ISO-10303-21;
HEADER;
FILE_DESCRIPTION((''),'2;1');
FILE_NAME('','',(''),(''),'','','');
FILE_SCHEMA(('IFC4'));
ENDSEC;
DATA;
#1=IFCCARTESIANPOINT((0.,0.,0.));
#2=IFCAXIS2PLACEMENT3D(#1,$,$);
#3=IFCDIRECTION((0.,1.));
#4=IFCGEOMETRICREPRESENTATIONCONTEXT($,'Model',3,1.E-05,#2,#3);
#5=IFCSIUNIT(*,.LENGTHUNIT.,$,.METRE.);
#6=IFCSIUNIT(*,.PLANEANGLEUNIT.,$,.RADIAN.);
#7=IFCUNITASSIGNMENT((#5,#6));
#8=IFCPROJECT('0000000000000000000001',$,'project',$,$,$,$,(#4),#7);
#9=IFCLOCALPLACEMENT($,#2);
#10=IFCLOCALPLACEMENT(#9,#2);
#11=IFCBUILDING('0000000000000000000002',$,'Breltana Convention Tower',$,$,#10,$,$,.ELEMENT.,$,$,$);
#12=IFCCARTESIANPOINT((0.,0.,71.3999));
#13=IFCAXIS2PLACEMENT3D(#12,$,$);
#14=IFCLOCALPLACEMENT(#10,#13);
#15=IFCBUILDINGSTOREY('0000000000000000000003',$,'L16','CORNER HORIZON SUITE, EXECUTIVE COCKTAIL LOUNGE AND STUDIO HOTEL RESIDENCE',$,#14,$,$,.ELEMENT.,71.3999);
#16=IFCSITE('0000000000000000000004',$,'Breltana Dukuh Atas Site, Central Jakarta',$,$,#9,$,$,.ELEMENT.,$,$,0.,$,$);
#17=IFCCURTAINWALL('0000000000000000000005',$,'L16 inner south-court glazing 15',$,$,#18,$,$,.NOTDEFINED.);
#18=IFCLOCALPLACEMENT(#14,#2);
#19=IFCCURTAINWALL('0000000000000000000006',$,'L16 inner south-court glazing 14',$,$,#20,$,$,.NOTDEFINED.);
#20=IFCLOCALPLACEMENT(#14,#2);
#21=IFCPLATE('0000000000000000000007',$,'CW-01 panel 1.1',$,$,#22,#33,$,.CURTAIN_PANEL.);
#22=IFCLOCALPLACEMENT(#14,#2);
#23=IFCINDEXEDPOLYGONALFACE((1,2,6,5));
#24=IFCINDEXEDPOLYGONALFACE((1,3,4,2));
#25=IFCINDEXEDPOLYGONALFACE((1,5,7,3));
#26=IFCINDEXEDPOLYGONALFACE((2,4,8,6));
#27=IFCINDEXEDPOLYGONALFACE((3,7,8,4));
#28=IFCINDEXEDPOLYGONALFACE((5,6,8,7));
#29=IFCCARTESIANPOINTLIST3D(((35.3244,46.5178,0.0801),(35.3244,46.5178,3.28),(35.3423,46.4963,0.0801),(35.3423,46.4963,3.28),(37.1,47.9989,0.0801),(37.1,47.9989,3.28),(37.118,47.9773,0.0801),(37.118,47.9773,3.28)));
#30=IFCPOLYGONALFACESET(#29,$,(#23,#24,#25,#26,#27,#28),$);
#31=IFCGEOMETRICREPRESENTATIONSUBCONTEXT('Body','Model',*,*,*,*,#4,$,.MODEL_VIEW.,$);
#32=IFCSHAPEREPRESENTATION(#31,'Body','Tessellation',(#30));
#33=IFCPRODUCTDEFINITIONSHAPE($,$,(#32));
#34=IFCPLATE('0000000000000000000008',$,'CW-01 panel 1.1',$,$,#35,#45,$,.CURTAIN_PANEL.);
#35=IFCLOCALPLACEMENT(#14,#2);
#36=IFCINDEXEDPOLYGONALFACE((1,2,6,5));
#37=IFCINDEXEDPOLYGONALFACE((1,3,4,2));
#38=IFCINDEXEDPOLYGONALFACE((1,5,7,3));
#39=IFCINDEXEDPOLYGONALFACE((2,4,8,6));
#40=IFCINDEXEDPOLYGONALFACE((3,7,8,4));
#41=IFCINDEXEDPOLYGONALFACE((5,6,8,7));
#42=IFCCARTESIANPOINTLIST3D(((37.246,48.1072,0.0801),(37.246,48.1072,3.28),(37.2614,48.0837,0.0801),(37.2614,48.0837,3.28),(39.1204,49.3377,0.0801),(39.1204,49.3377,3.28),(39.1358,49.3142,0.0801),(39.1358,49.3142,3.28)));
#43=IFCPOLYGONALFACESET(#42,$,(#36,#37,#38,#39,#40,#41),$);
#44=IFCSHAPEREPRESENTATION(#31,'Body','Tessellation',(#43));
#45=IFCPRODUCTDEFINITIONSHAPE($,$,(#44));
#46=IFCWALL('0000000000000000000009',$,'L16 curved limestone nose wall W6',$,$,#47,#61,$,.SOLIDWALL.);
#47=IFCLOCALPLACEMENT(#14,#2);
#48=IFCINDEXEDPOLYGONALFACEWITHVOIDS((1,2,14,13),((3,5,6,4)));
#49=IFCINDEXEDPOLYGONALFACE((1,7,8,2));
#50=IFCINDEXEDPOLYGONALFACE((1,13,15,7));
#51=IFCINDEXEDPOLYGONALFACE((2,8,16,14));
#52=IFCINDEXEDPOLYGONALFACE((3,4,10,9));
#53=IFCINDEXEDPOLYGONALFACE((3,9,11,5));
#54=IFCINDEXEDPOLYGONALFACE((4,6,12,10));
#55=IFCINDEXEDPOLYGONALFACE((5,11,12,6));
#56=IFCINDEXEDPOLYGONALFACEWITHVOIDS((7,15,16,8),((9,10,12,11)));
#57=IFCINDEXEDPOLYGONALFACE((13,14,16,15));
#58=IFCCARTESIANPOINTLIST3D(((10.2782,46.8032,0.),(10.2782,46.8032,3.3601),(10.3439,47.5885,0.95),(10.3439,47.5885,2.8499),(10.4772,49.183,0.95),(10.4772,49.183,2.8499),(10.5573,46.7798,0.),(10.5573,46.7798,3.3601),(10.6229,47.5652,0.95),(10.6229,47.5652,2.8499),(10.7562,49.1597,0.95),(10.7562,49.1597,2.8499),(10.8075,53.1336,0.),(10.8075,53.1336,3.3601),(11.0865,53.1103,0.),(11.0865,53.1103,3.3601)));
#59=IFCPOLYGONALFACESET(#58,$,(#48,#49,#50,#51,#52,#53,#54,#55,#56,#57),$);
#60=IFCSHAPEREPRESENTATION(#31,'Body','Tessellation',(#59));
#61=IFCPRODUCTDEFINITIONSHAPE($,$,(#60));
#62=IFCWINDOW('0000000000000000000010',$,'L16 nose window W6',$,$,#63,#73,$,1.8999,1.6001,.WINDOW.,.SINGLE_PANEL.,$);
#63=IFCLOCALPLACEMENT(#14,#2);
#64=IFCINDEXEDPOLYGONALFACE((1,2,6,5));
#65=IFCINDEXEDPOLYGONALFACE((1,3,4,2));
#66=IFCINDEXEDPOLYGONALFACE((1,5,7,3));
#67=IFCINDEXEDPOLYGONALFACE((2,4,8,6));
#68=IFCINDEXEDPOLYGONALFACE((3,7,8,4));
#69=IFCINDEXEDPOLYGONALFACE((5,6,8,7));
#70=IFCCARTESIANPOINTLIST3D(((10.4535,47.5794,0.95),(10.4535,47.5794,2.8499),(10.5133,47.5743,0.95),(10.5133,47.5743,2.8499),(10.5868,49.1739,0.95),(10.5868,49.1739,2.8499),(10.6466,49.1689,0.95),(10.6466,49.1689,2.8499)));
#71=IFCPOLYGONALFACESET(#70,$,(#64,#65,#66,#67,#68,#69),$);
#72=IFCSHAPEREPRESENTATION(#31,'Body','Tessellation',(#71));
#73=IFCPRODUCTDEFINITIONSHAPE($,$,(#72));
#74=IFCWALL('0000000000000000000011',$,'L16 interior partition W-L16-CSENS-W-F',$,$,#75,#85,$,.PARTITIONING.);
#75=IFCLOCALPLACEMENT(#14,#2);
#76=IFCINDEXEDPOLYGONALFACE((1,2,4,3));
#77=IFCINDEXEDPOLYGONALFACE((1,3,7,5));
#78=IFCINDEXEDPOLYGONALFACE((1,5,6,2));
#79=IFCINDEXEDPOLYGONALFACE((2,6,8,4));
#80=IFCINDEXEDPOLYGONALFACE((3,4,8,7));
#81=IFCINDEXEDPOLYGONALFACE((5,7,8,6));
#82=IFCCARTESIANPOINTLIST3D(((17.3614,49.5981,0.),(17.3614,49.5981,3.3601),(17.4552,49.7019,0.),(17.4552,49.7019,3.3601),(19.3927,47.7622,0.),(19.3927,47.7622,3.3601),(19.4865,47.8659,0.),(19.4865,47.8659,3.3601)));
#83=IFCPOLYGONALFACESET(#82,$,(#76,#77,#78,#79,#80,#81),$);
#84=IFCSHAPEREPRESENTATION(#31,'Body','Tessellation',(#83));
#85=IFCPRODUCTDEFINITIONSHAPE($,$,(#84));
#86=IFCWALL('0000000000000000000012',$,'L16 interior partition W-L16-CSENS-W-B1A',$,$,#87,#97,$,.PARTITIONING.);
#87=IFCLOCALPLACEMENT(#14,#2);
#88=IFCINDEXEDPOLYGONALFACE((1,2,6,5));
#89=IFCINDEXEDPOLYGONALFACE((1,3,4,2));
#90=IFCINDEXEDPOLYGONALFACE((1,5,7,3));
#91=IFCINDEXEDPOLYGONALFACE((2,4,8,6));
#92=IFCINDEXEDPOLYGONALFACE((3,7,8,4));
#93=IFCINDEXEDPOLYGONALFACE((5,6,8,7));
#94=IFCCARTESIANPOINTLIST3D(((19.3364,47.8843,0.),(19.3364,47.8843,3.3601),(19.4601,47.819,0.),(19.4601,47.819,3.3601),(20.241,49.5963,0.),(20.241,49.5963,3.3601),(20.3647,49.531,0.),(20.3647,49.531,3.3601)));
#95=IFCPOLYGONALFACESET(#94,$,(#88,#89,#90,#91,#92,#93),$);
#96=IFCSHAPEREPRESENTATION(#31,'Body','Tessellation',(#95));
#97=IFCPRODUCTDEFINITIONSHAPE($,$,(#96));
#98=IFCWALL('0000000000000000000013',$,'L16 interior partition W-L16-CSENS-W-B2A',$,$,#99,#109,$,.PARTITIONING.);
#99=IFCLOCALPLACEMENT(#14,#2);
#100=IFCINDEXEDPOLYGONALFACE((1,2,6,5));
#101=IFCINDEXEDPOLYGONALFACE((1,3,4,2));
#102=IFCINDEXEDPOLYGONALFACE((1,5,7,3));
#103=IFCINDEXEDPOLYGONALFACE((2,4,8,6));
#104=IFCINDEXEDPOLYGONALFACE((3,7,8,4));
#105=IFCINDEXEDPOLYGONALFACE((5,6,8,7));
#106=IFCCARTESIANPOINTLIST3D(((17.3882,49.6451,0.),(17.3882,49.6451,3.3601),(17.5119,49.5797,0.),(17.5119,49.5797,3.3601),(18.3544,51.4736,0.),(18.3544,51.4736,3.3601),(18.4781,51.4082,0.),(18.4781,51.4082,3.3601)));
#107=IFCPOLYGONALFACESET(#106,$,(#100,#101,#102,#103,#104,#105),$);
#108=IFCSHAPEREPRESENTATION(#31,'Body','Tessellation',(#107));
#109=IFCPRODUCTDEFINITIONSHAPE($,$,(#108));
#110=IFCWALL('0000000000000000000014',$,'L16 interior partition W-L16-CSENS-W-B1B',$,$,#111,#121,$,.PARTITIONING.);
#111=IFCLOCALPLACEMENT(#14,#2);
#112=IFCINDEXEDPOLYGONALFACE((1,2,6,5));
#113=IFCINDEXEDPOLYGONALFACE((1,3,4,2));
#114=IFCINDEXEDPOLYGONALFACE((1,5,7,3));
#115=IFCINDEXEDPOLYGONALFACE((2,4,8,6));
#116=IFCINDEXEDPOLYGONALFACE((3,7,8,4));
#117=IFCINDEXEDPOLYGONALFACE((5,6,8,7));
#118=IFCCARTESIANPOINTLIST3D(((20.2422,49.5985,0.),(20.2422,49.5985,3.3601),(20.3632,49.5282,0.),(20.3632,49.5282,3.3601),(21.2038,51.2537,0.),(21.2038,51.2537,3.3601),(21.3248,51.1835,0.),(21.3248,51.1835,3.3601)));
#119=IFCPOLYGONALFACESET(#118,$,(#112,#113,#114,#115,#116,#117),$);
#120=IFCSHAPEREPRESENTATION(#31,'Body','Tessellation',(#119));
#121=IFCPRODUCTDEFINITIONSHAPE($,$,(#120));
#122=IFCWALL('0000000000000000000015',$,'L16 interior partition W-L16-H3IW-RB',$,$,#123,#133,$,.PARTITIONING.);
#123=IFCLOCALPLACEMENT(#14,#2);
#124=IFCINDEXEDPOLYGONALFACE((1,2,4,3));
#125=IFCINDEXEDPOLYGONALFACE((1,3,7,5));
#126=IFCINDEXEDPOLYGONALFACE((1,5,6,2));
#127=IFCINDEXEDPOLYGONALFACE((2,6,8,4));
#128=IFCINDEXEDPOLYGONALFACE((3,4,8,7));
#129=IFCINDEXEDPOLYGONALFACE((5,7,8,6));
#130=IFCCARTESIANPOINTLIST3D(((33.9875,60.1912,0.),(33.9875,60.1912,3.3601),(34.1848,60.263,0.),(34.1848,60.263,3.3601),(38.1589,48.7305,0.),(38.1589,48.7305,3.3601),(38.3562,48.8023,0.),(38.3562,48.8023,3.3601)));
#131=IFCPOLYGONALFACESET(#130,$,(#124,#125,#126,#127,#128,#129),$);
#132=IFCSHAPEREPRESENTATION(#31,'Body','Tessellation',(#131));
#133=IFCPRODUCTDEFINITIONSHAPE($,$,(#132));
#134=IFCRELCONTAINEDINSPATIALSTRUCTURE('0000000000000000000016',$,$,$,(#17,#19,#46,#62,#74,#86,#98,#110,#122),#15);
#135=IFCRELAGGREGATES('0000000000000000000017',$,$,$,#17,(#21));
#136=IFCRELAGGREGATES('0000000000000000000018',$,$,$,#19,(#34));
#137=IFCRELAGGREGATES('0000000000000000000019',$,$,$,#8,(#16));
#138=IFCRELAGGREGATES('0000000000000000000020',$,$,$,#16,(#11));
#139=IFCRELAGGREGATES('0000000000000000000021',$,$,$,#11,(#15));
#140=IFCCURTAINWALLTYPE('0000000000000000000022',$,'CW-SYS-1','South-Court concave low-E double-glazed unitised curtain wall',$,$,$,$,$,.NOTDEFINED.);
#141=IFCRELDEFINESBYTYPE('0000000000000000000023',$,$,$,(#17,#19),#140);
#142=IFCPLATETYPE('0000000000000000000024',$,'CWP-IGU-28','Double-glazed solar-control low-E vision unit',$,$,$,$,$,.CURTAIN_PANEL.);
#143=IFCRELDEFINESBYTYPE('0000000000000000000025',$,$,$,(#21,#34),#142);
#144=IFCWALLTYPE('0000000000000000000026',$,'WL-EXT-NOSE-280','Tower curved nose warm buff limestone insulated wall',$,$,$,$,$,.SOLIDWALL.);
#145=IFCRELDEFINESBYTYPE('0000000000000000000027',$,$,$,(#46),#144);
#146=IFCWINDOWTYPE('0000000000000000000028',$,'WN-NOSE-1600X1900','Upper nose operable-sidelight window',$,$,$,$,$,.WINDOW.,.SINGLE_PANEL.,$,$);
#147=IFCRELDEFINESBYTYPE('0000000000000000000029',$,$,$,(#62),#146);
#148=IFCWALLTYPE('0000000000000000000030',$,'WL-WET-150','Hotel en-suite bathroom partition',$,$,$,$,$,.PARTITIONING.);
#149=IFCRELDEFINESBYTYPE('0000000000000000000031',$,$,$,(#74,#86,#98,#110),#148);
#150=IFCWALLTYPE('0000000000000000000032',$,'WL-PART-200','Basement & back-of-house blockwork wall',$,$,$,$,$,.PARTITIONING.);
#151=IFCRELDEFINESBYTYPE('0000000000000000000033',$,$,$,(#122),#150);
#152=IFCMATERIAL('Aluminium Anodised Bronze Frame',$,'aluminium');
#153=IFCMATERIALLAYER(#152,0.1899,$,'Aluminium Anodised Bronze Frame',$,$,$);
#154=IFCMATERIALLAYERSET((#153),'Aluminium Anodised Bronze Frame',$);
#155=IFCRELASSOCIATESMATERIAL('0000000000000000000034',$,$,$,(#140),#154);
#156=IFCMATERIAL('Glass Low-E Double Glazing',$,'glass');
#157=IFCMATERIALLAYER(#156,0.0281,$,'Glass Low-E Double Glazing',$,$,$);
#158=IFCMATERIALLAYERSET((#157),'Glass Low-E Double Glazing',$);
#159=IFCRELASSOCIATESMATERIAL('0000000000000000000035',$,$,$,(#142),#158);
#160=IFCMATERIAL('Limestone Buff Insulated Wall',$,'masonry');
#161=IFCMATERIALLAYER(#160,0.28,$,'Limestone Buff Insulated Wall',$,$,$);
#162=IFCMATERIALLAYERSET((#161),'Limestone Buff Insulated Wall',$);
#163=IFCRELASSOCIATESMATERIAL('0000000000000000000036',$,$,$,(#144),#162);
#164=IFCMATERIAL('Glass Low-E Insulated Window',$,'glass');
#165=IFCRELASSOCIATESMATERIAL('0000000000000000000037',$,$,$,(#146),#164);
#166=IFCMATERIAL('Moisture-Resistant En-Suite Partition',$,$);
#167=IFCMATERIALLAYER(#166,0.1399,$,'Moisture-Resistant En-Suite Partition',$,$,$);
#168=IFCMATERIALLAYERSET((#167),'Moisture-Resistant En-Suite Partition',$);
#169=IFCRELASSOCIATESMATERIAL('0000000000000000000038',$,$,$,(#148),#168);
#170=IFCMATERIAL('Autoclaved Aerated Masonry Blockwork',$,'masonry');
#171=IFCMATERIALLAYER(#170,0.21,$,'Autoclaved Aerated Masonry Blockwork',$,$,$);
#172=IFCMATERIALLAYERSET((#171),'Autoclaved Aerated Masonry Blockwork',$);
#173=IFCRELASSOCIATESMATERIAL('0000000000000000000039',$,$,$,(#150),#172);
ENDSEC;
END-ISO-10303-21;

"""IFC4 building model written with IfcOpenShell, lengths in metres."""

from ifc_helpers import new_model, si_unit, direction, frame, frame_2d, origin, origin_2d, place, context, subcontext, project, spatial, rectangle, extrude, source, transform, mapped, material, layer, layer_set, type_object, type_shapes, element, fill, aggregate, save


model = new_model("IFC4")

# Units and contexts
model_context = context("Model", 3, precision=1e-05, world=origin(), true_north=direction((0.0, 1.0)))
body_context = subcontext(model_context, "Body", "Model", "MODEL_VIEW")
ifc_project = project(units=[si_unit("LENGTHUNIT", "METRE"), si_unit("PLANEANGLEUNIT", "RADIAN")], contexts=[model_context])

# Site, building, storey
site_placement = place(None, origin())
site = spatial("IfcSite", under=ifc_project, at=site_placement, Name="Breltana Dukuh Atas Site, Central Jakarta", CompositionType="ELEMENT", RefElevation=0.0)
building_placement = place(site_placement, origin())
building = spatial("IfcBuilding", under=site, at=building_placement, Name="Breltana Convention Tower", CompositionType="ELEMENT")
storey_placement = place(building_placement, frame((0.0, 0.0, 71.3999)))
storey = spatial("IfcBuildingStorey", under=building, at=storey_placement, Name="L16", Description="CORNER HORIZON SUITE, EXECUTIVE COCKTAIL LOUNGE AND STUDIO HOTEL RESIDENCE", CompositionType="ELEMENT", Elevation=71.3999)

# Curtain walls
ifc_material_1 = material(Name="Aluminium Anodised Bronze Frame", Category="aluminium")
ifc_layer_1 = layer(ifc_material_1, 0.1899, Name="Aluminium Anodised Bronze Frame")
ifc_layer_set_1 = layer_set([ifc_layer_1], Name="Aluminium Anodised Bronze Frame")
curtain_wall_type = type_object("IfcCurtainWallType", Name="CW-SYS-1", Description="South-Court concave low-E double-glazed unitised curtain wall", PredefinedType="NOTDEFINED", material=ifc_layer_set_1)
curtain_wall_1_placement = place(storey_placement, origin())
curtain_wall_1 = element("IfcCurtainWall", 1, at=curtain_wall_1_placement, inside=storey, type_object=curtain_wall_type, Name="L16 inner south-court glazing 15", PredefinedType="NOTDEFINED")
curtain_wall_2_placement = place(storey_placement, origin())
curtain_wall_2 = element("IfcCurtainWall", 2, at=curtain_wall_2_placement, inside=storey, type_object=curtain_wall_type, Name="L16 inner south-court glazing 14", PredefinedType="NOTDEFINED")

# Plates
ifc_material_2 = material(Name="Glass Low-E Double Glazing", Category="glass")
ifc_layer_2 = layer(ifc_material_2, 0.0281, Name="Glass Low-E Double Glazing")
ifc_layer_set_2 = layer_set([ifc_layer_2], Name="Glass Low-E Double Glazing")
plate_type = type_object("IfcPlateType", Name="CWP-IGU-28", Description="Double-glazed solar-control low-E vision unit", PredefinedType="CURTAIN_PANEL", material=ifc_layer_set_2)
shared_shape_1 = source(origin(), body_context, "Body", "SweptSolid", [
    extrude(rectangle(XDim=2.3123, YDim=0.0281, at=origin_2d()), origin(), (0.0, 0.0, 1.0), 3.2),
])
plate_1_placement = place(storey_placement, frame((36.2212, 47.2476, 0.0801), z_axis=(0.0, 0.0, 1.0), x_axis=(-0.767939, -0.640523, 0.0)))
plate_1 = element("IfcPlate", 3, at=plate_1_placement, type_object=plate_type, Name="CW-01 panel 1.1", PredefinedType="CURTAIN_PANEL", context=body_context, shape_type="MappedRepresentation", body=[
    mapped(shared_shape_1, transform((0.0, 0.0, 0.0), scale=1.0)),
])
aggregate(curtain_wall_1, [plate_1])
shared_shape_2 = source(origin(), body_context, "Body", "SweptSolid", [
    extrude(rectangle(XDim=2.2422, YDim=0.0281, at=origin_2d()), origin(), (0.0, 0.0, 1.0), 3.2),
])
plate_2_placement = place(storey_placement, frame((38.1909, 48.7107, 0.0801), z_axis=(0.0, 0.0, 1.0), x_axis=(-0.835968, -0.548778, 0.0)))
plate_2 = element("IfcPlate", 4, at=plate_2_placement, type_object=plate_type, Name="CW-01 panel 1.1", PredefinedType="CURTAIN_PANEL", context=body_context, shape_type="MappedRepresentation", body=[
    mapped(shared_shape_2, transform((0.0, 0.0, 0.0), scale=1.0)),
])
aggregate(curtain_wall_2, [plate_2])

# Wall, opening, window
ifc_material_3 = material(Name="Limestone Buff Insulated Wall", Category="masonry")
ifc_layer_3 = layer(ifc_material_3, 0.28, Name="Limestone Buff Insulated Wall")
ifc_layer_set_3 = layer_set([ifc_layer_3], Name="Limestone Buff Insulated Wall")
wall_type_1 = type_object("IfcWallType", Name="WL-EXT-NOSE-280", Description="Tower curved nose warm buff limestone insulated wall", PredefinedType="SOLIDWALL", material=ifc_layer_set_3)
shared_shape_3 = source(origin(), body_context, "Body", "SweptSolid", [
    extrude(rectangle(XDim=6.3525, YDim=0.28, at=frame_2d((3.1763, 0.0))), origin(), (0.0, 0.0, 1.0), 3.3601),
])
wall_1_placement = place(storey_placement, frame((10.4177, 46.7915, 0.0), z_axis=(0.0, 0.0, 1.0), x_axis=(0.083319, 0.996523, 0.0)))
wall_1 = element("IfcWall", 5, at=wall_1_placement, inside=storey, type_object=wall_type_1, Name="L16 curved limestone nose wall W6", PredefinedType="SOLIDWALL", context=body_context, shape_type="MappedRepresentation", body=[
    mapped(shared_shape_3, transform((0.0, 0.0, 0.0), scale=1.0)),
])
opening_placement = place(wall_1_placement, frame((0.7881, 0.0, 0.95)))
opening = element("IfcOpeningElement", 6, at=opening_placement, cuts=wall_1, PredefinedType="OPENING", context=body_context, shape_type="SweptSolid", body=[
    extrude(rectangle(XDim=1.6001, YDim=1.8999, at=frame_2d((0.8, 0.95))), frame((0.0, 0.1499, 0.0), z_axis=(0.0, -1.0, 0.0), x_axis=(1.0, 0.0, 0.0)), (0.0, 0.0, 1.0), 0.3),
])
ifc_material_4 = material(Name="Glass Low-E Insulated Window", Category="glass")
window_type = type_object("IfcWindowType", Name="WN-NOSE-1600X1900", Description="Upper nose operable-sidelight window", PartitioningType="SINGLE_PANEL", PredefinedType="WINDOW", material=ifc_material_4)
shared_shape_4 = source(origin(), body_context, "Body", "SweptSolid", [
    extrude(rectangle(XDim=1.6001, YDim=1.8999, at=frame_2d((0.8, 0.95))), frame((0.0, 0.03, 0.0), z_axis=(0.0, -1.0, 0.0), x_axis=(1.0, 0.0, 0.0)), (0.0, 0.0, 1.0), 0.0601),
])
type_shapes(window_type, [shared_shape_4])
window_placement = place(opening_placement, origin())
window = element("IfcWindow", 7, at=window_placement, inside=storey, type_object=window_type, Name="L16 nose window W6", OverallHeight=1.8999, OverallWidth=1.6001, PartitioningType="SINGLE_PANEL", PredefinedType="WINDOW", context=body_context, shape_type="MappedRepresentation", body=[
    mapped(shared_shape_4, transform((0.0, 0.0, 0.0), scale=1.0)),
])
fill(opening, window)

# Walls
ifc_material_5 = material(Name="Moisture-Resistant En-Suite Partition")
ifc_layer_4 = layer(ifc_material_5, 0.1399, Name="Moisture-Resistant En-Suite Partition")
ifc_layer_set_4 = layer_set([ifc_layer_4], Name="Moisture-Resistant En-Suite Partition")
wall_type_2 = type_object("IfcWallType", Name="WL-WET-150", Description="Hotel en-suite bathroom partition", PredefinedType="PARTITIONING", material=ifc_layer_set_4)
shared_shape_5 = source(origin(), body_context, "Body", "SweptSolid", [
    extrude(rectangle(XDim=2.738, YDim=0.1399, at=frame_2d((1.3691, 0.0))), origin(), (0.0, 0.0, 1.0), 3.3601),
])
wall_2_placement = place(storey_placement, frame((19.4397, 47.814, 0.0), z_axis=(0.0, 0.0, 1.0), x_axis=(-0.741874, 0.67054, 0.0)))
element("IfcWall", 8, at=wall_2_placement, inside=storey, type_object=wall_type_2, Name="L16 interior partition W-L16-CSENS-W-F", PredefinedType="PARTITIONING", context=body_context, shape_type="MappedRepresentation", body=[
    mapped(shared_shape_5, transform((0.0, 0.0, 0.0), scale=1.0)),
])
shared_shape_6 = source(origin(), body_context, "Body", "SweptSolid", [
    extrude(rectangle(XDim=1.9363, YDim=0.1399, at=frame_2d((0.9683, 0.0))), origin(), (0.0, 0.0, 1.0), 3.3601),
])
wall_3_placement = place(storey_placement, frame((19.3982, 47.8516, 0.0), z_axis=(0.0, 0.0, 1.0), x_axis=(0.467175, 0.884165, 0.0)))
element("IfcWall", 9, at=wall_3_placement, inside=storey, type_object=wall_type_2, Name="L16 interior partition W-L16-CSENS-W-B1A", PredefinedType="PARTITIONING", context=body_context, shape_type="MappedRepresentation", body=[
    mapped(shared_shape_6, transform((0.0, 0.0, 0.0), scale=1.0)),
])
shared_shape_7 = source(origin(), body_context, "Body", "SweptSolid", [
    extrude(rectangle(XDim=2.0681, YDim=0.1399, at=frame_2d((1.0342, 0.0))), origin(), (0.0, 0.0, 1.0), 3.3601),
])
wall_4_placement = place(storey_placement, frame((17.45, 49.6123, 0.0), z_axis=(0.0, 0.0, 1.0), x_axis=(0.467215, 0.884144, 0.0)))
element("IfcWall", 10, at=wall_4_placement, inside=storey, type_object=wall_type_2, Name="L16 interior partition W-L16-CSENS-W-B2A", PredefinedType="PARTITIONING", context=body_context, shape_type="MappedRepresentation", body=[
    mapped(shared_shape_7, transform((0.0, 0.0, 0.0), scale=1.0)),
])
shared_shape_8 = source(origin(), body_context, "Body", "SweptSolid", [
    extrude(rectangle(XDim=1.9143, YDim=0.1399, at=frame_2d((0.957, 0.0))), origin(), (0.0, 0.0, 1.0), 3.3601),
])
wall_5_placement = place(storey_placement, frame((20.3027, 49.5635, 0.0), z_axis=(0.0, 0.0, 1.0), x_axis=(0.502348, 0.864666, 0.0)))
element("IfcWall", 11, at=wall_5_placement, inside=storey, type_object=wall_type_2, Name="L16 interior partition W-L16-CSENS-W-B1B", PredefinedType="PARTITIONING", context=body_context, shape_type="MappedRepresentation", body=[
    mapped(shared_shape_8, transform((0.0, 0.0, 0.0), scale=1.0)),
])
ifc_material_6 = material(Name="Autoclaved Aerated Masonry Blockwork", Category="masonry")
ifc_layer_5 = layer(ifc_material_6, 0.21, Name="Autoclaved Aerated Masonry Blockwork")
ifc_layer_set_5 = layer_set([ifc_layer_5], Name="Autoclaved Aerated Masonry Blockwork")
wall_type_3 = type_object("IfcWallType", Name="WL-PART-200", Description="Basement & back-of-house blockwork wall", PredefinedType="PARTITIONING", material=ifc_layer_set_5)
shared_shape_9 = source(origin(), body_context, "Body", "SweptSolid", [
    extrude(rectangle(XDim=12.1963, YDim=0.21, at=frame_2d((6.0981, 0.0))), origin(), (0.0, 0.0, 1.0), 3.3601),
])
wall_6_placement = place(storey_placement, frame((38.2576, 48.7664, 0.0), z_axis=(0.0, 0.0, 1.0), x_axis=(-0.342023, 0.939692, 0.0)))
element("IfcWall", 12, at=wall_6_placement, inside=storey, type_object=wall_type_3, Name="L16 interior partition W-L16-H3IW-RB", PredefinedType="PARTITIONING", context=body_context, shape_type="MappedRepresentation", body=[
    mapped(shared_shape_9, transform((0.0, 0.0, 0.0), scale=1.0)),
])

save(model, "model.ifc")
